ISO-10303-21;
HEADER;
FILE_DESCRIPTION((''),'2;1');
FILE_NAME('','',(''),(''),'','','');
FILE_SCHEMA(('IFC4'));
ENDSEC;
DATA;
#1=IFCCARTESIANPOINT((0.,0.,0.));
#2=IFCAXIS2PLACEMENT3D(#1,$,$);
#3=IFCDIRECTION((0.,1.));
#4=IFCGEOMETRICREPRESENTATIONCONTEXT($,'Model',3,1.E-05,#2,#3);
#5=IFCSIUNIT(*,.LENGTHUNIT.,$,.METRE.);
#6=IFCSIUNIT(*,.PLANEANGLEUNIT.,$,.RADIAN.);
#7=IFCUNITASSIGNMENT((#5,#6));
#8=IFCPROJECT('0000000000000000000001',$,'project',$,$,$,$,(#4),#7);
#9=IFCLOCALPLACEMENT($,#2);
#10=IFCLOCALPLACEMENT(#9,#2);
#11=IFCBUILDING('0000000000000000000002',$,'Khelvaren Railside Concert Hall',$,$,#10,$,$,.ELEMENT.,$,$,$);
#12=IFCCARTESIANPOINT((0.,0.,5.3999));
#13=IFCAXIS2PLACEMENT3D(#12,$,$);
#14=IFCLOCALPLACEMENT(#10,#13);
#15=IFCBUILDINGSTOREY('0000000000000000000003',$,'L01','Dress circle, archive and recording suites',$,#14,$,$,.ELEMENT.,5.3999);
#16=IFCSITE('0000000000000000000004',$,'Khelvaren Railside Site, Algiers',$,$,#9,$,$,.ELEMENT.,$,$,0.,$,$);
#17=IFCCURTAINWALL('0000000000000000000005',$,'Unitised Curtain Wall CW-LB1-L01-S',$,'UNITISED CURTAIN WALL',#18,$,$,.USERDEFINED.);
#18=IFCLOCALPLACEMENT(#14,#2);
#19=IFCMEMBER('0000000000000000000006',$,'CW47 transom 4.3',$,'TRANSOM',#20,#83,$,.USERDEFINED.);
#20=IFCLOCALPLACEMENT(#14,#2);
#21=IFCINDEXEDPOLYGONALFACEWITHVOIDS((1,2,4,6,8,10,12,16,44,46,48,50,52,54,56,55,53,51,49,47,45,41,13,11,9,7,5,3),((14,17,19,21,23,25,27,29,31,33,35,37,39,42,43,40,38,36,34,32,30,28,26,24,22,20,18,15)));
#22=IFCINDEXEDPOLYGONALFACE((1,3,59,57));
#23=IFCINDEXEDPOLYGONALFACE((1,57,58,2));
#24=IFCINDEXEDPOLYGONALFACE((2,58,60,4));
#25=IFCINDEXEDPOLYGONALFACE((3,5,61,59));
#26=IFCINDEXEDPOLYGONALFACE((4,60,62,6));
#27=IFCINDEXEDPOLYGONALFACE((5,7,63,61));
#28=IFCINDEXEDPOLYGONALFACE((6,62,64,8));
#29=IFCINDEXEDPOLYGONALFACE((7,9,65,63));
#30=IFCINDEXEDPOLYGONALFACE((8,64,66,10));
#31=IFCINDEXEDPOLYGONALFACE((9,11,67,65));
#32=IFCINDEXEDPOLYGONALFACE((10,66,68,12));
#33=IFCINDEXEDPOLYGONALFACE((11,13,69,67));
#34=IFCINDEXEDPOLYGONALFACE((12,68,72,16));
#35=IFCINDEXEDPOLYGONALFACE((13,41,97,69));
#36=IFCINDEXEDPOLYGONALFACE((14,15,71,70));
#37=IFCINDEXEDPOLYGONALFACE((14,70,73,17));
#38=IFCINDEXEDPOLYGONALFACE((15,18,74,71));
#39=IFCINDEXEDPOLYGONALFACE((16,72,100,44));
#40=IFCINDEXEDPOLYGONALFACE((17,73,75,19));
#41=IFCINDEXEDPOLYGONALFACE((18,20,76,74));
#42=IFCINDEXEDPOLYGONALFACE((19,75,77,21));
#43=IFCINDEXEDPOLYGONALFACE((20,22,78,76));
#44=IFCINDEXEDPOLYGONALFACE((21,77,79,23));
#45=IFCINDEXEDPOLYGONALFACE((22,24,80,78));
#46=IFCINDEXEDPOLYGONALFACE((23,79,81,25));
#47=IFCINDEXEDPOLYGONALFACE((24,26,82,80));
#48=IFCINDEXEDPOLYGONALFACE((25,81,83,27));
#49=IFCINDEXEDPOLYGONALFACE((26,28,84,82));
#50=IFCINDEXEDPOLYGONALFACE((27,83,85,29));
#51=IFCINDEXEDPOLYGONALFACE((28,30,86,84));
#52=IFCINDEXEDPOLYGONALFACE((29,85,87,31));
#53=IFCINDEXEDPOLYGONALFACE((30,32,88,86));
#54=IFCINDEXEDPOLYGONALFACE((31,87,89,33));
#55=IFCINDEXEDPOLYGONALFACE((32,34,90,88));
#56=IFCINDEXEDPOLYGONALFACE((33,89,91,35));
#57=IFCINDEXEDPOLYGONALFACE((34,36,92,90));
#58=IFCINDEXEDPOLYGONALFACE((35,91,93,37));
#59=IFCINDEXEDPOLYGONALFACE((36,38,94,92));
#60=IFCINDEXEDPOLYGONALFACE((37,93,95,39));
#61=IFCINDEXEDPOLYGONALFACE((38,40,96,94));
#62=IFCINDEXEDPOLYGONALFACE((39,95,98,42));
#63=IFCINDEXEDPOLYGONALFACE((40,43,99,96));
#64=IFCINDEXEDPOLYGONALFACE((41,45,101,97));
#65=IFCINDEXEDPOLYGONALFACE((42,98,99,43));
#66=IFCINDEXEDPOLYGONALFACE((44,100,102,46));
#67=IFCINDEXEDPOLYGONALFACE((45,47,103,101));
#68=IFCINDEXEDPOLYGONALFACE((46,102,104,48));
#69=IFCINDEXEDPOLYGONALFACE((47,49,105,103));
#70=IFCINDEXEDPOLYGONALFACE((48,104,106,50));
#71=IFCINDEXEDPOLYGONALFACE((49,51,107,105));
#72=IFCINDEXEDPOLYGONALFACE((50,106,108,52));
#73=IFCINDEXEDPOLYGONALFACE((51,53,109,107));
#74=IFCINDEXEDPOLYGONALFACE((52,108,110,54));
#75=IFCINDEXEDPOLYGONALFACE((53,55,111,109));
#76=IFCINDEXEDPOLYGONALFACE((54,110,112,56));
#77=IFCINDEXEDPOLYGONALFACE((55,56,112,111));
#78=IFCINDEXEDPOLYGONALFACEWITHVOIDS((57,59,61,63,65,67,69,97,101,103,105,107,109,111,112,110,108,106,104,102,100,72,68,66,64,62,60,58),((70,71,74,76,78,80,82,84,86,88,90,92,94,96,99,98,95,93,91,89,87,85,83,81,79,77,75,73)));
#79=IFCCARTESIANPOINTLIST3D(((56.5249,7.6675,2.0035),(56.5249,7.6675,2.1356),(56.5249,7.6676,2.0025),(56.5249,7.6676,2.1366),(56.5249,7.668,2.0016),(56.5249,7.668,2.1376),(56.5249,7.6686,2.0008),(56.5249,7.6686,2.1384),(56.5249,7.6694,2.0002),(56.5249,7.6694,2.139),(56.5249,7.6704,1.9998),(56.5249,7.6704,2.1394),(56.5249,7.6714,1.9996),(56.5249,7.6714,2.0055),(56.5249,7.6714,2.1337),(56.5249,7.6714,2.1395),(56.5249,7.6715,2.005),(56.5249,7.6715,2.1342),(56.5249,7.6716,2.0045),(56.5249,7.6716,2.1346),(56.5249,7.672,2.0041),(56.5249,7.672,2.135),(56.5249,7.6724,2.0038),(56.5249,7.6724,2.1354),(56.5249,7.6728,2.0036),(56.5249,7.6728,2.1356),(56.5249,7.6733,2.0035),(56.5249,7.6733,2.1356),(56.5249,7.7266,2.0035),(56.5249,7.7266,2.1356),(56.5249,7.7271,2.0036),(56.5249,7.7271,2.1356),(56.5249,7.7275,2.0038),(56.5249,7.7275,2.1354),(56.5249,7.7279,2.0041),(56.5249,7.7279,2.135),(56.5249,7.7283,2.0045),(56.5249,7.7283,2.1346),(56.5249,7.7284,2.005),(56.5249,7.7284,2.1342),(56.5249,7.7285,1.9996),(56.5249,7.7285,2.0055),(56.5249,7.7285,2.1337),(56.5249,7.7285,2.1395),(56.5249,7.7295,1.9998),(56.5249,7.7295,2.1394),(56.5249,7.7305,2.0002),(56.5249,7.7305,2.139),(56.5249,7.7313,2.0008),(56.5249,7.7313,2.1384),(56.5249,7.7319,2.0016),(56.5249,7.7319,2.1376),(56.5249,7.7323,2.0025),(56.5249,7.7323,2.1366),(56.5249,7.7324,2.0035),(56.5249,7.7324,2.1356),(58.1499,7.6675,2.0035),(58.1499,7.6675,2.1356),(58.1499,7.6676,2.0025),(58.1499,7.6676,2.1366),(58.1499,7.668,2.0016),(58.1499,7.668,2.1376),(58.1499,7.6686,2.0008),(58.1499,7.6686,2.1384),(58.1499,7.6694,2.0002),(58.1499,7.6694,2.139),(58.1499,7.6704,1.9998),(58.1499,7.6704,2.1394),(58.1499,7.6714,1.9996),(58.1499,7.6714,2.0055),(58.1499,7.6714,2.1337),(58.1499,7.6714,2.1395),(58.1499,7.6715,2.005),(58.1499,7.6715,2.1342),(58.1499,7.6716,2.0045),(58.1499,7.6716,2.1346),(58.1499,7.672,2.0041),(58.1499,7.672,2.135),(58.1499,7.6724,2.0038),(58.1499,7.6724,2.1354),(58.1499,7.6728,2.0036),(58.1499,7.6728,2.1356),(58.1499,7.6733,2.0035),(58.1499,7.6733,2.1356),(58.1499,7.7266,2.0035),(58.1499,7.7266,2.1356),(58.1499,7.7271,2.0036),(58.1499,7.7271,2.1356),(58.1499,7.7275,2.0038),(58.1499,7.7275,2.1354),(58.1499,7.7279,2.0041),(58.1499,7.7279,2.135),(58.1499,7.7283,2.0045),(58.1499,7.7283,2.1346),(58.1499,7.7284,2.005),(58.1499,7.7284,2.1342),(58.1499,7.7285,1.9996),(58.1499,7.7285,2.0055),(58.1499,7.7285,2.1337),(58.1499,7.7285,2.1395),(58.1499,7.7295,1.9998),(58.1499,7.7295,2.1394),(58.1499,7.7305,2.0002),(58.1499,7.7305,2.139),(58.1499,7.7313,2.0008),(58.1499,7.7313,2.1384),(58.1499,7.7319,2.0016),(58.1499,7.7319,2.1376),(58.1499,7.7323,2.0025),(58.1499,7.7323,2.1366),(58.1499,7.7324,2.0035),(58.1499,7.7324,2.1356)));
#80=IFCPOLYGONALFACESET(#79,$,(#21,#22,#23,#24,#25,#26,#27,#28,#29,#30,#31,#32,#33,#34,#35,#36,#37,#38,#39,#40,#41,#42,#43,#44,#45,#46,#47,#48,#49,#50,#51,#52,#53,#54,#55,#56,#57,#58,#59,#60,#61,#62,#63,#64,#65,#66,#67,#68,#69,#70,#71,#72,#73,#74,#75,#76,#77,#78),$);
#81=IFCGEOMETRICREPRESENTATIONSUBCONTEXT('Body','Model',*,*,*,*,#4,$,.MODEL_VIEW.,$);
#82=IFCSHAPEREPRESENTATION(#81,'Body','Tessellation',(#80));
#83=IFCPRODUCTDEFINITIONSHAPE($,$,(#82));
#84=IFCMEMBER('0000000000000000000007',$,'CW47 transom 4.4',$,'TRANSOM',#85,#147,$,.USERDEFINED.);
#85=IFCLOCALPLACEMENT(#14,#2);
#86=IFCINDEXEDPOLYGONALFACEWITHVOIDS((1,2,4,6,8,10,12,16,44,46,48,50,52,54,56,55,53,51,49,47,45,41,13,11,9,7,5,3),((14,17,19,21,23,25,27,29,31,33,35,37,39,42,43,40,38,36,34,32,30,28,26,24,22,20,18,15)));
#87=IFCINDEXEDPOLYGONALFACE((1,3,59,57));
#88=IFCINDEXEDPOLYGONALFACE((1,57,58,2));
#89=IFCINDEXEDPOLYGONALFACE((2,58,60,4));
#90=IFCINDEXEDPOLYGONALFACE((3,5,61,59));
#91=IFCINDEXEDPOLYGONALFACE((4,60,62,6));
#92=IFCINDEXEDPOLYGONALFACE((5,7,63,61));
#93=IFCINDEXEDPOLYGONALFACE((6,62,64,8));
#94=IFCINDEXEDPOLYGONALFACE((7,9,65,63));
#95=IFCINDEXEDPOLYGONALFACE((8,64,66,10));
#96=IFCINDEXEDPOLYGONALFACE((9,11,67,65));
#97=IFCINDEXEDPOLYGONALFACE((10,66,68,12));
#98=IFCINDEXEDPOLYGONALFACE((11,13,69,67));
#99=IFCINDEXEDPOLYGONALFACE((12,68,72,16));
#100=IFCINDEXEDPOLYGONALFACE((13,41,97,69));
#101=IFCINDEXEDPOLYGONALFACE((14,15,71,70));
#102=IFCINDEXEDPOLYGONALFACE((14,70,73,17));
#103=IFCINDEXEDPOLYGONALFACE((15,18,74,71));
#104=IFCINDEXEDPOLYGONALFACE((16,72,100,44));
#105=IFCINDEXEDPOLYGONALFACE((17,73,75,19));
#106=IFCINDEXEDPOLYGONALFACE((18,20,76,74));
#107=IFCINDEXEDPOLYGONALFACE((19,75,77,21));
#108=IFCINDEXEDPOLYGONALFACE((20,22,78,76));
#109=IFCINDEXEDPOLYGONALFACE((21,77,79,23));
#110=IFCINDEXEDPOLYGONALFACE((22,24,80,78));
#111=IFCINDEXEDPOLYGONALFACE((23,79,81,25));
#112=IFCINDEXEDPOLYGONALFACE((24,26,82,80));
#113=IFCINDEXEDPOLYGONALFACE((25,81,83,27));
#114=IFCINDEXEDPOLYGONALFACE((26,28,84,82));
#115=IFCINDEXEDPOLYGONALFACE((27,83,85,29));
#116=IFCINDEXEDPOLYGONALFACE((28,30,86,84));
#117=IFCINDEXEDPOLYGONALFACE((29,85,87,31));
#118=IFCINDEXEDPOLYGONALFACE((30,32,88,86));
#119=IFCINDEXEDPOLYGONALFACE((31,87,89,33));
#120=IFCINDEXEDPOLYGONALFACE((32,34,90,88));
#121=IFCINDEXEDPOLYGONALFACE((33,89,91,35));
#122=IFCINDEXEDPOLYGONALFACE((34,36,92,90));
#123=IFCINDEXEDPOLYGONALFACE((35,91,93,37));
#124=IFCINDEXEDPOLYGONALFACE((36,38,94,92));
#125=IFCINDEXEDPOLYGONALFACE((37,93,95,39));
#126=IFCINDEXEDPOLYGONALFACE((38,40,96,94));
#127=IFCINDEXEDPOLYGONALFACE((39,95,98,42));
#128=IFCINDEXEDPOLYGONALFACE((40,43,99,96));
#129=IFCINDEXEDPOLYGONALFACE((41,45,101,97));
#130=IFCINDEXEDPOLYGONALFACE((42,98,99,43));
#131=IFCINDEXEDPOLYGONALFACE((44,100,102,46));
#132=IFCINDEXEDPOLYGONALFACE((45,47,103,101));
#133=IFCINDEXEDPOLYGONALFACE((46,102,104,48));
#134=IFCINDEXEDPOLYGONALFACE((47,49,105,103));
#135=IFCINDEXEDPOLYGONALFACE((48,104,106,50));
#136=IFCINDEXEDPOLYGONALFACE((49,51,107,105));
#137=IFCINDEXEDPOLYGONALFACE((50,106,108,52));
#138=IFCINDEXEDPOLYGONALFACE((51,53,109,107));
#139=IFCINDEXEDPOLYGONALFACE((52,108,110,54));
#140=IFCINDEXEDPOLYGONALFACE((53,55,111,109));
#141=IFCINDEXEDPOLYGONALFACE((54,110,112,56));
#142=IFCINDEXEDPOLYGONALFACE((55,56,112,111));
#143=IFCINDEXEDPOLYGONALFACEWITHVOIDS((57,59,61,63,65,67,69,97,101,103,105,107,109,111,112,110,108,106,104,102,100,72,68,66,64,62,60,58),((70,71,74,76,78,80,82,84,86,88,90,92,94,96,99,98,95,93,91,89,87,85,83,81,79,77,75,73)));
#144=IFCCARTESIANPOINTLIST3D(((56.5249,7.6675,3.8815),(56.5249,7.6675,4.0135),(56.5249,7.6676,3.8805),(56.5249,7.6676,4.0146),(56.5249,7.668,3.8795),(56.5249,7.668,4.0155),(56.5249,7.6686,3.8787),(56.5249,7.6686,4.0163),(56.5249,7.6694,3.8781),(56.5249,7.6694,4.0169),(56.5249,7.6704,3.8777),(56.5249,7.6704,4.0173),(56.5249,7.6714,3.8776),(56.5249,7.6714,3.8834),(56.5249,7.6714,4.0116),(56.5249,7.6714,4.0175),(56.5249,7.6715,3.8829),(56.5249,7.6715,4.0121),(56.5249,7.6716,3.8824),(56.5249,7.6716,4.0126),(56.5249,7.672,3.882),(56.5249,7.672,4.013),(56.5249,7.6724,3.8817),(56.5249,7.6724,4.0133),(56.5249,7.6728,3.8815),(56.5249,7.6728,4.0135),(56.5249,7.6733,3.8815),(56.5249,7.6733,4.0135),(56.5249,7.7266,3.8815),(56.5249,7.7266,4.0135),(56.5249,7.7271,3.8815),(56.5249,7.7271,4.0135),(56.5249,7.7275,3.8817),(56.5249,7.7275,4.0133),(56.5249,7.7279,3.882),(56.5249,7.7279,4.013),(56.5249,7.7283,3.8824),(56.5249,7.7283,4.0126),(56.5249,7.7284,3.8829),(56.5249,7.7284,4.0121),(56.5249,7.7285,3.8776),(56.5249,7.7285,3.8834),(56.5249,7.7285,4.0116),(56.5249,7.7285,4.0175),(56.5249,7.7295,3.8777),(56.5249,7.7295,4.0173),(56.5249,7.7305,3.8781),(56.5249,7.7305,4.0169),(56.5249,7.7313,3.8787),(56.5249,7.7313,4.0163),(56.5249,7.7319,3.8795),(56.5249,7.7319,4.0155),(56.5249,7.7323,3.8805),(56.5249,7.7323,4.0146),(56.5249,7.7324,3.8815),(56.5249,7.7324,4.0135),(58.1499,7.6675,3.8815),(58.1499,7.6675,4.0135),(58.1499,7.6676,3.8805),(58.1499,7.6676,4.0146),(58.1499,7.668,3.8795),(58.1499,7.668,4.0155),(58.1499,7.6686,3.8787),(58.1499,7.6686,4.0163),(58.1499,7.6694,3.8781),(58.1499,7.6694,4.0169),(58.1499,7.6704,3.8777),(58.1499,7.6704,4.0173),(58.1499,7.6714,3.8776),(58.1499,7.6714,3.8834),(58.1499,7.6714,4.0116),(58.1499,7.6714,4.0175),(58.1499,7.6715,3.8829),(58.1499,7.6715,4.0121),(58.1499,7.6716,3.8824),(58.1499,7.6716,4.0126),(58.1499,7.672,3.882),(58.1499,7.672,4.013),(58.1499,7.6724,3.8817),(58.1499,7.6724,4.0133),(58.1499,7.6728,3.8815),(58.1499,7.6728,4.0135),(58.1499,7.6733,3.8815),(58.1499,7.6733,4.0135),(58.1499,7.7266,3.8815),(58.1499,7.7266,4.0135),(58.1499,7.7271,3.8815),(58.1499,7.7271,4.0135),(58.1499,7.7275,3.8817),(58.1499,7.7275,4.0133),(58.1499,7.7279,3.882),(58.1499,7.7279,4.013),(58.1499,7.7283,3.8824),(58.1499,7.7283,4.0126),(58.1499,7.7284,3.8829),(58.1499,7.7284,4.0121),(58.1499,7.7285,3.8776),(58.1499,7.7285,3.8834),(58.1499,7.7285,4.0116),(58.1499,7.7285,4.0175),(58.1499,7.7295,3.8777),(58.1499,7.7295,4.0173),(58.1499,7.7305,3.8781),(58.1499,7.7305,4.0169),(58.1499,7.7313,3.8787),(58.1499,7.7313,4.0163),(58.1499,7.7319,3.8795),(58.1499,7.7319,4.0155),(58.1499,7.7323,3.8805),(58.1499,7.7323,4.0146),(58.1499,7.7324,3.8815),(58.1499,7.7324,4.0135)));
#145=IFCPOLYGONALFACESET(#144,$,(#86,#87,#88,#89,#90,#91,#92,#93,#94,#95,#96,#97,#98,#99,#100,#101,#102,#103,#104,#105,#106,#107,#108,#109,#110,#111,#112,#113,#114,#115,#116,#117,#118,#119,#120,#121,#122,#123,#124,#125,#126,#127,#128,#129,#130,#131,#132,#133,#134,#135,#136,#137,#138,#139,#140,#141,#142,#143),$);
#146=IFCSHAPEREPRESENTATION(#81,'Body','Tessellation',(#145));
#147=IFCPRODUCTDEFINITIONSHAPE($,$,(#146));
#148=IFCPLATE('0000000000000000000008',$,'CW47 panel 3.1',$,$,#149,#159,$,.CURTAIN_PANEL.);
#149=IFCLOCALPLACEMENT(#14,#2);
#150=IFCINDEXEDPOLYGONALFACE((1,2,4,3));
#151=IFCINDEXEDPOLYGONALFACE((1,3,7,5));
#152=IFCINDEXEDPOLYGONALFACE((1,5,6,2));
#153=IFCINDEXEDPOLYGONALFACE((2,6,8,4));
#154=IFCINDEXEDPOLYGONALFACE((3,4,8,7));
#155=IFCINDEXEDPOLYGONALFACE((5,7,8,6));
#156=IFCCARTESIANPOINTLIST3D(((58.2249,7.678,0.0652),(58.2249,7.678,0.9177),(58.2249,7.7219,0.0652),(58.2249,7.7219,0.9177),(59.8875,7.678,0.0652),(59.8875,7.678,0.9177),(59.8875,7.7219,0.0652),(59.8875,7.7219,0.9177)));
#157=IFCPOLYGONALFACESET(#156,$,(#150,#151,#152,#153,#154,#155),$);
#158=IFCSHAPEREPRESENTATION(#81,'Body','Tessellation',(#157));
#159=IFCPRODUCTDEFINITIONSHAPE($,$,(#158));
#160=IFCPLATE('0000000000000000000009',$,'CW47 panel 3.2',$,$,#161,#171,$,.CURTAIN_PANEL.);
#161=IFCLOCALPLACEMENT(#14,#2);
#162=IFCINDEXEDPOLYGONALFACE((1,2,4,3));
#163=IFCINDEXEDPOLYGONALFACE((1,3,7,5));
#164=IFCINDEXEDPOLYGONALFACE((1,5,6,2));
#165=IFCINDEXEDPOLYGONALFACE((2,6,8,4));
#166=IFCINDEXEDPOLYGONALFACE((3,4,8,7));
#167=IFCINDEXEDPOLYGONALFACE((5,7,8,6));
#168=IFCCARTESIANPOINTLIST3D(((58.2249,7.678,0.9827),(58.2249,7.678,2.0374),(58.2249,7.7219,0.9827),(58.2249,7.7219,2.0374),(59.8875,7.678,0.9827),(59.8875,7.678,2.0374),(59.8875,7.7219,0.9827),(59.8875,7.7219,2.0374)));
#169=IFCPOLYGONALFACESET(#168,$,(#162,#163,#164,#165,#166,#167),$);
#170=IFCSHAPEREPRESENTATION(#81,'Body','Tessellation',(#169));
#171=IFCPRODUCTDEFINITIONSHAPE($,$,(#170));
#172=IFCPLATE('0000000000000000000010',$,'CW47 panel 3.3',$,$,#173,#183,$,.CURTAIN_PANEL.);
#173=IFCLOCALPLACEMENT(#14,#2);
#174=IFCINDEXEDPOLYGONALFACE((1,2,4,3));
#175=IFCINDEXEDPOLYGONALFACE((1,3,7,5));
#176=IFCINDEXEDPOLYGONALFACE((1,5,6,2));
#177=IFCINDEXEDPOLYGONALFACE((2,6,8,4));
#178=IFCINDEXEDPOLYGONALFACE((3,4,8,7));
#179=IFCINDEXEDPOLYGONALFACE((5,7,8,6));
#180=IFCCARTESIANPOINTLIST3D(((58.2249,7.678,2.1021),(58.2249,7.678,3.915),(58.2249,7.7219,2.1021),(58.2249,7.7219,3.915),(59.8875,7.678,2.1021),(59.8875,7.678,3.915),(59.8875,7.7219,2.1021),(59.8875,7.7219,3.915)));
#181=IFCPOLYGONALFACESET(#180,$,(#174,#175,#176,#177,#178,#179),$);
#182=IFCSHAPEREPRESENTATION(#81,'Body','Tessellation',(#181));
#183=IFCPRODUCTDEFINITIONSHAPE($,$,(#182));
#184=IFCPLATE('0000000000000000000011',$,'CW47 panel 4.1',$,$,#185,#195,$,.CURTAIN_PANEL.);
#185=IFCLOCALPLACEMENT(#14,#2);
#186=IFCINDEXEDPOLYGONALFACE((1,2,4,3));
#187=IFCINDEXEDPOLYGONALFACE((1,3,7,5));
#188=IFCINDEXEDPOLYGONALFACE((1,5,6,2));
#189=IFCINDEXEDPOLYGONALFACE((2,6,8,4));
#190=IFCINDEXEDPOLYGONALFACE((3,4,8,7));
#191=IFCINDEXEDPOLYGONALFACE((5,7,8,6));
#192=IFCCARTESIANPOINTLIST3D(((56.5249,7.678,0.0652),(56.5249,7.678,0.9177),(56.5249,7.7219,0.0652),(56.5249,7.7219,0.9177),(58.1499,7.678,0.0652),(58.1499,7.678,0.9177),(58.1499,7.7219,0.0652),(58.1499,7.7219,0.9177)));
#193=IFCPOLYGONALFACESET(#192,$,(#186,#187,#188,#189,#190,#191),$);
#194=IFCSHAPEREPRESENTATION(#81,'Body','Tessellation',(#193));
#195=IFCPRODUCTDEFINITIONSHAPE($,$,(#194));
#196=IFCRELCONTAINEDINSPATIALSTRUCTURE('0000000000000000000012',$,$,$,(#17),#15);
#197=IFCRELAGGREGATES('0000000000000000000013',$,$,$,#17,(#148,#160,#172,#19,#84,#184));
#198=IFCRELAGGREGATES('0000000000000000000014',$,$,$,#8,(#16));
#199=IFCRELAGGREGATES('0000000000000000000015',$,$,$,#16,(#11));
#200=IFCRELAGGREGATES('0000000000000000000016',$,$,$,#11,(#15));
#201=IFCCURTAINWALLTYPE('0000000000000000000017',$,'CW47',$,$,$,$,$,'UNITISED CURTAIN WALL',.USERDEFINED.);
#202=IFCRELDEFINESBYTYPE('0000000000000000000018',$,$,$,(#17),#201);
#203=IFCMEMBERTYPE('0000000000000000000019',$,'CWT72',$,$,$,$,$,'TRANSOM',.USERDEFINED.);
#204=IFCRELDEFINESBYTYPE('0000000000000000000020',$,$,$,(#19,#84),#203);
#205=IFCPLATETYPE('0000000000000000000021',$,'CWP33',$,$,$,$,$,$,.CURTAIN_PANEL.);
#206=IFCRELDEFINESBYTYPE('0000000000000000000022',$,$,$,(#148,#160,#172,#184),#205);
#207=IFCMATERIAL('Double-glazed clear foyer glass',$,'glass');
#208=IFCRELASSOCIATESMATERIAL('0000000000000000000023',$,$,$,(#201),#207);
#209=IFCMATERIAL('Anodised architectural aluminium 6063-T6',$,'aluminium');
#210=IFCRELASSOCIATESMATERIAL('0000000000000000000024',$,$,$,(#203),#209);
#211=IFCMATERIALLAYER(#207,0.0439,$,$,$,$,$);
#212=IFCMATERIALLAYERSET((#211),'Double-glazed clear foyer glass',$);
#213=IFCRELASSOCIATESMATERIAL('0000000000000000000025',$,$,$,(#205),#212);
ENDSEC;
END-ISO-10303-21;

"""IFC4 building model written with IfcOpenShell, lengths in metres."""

from ifc_helpers import new_model, si_unit, direction, frame, origin, origin_2d, place, context, subcontext, project, spatial, rectangle, hollow_rectangle, extrude, material, layer, layer_set, material_profile, profile_set, type_object, element, aggregate, save


model = new_model("IFC4")

# Units and contexts
model_context = context("Model", 3, precision=1e-05, world=origin(), true_north=direction((0.0, 1.0)))
body_context = subcontext(model_context, "Body", "Model", "MODEL_VIEW")
ifc_project = project(units=[si_unit("LENGTHUNIT", "METRE"), si_unit("PLANEANGLEUNIT", "RADIAN")], contexts=[model_context])

# Site, building, storey
site_placement = place(None, origin())
site = spatial("IfcSite", under=ifc_project, at=site_placement, Name="Khelvaren Railside Site, Algiers", CompositionType="ELEMENT", RefElevation=0.0)
building_placement = place(site_placement, origin())
building = spatial("IfcBuilding", under=site, at=building_placement, Name="Khelvaren Railside Concert Hall", CompositionType="ELEMENT")
storey_placement = place(building_placement, frame((0.0, 0.0, 5.3999)))
storey = spatial("IfcBuildingStorey", under=building, at=storey_placement, Name="L01", Description="Dress circle, archive and recording suites", CompositionType="ELEMENT", Elevation=5.3999)

# Curtain wall
ifc_material_1 = material(Name="Double-glazed clear foyer glass", Category="glass")
curtain_wall_type_1 = type_object("IfcCurtainWallType", Name="CW47", ElementType="UNITISED CURTAIN WALL", PredefinedType="USERDEFINED", material=ifc_material_1)
curtain_wall_1_placement = place(storey_placement, origin())
curtain_wall_1 = element("IfcCurtainWall", 1, at=curtain_wall_1_placement, inside=storey, type_object=curtain_wall_type_1, Name="Unitised Curtain Wall CW-LB1-L01-S", ObjectType="UNITISED CURTAIN WALL", PredefinedType="USERDEFINED")
ifc_material_2 = material(Name="Anodised architectural aluminium 6063-T6", Category="aluminium")

# Members
ifc_material_profile_1 = material_profile(ifc_material_2, hollow_rectangle(XDim=0.0649, YDim=0.1399, WallThickness=0.0039, InnerFilletRadius=0.002, OuterFilletRadius=0.0039, at=origin_2d()), Name="CWT 65x140x4")
ifc_profile_set_1 = profile_set([ifc_material_profile_1], Name="Anodised architectural aluminium 6063-T6")
member_type_1 = type_object("IfcMemberType", Name="CWT72", ElementType="TRANSOM", PredefinedType="USERDEFINED", material=ifc_profile_set_1)
member_1_placement = place(storey_placement, frame((58.1499, 7.7, 2.0696), z_axis=(-1.0, 0.0, 0.0), x_axis=(0.0, -1.0, 0.0)))
member_1 = element("IfcMember", 2, at=member_1_placement, type_object=member_type_1, Name="CW47 transom 4.3", ObjectType="TRANSOM", PredefinedType="USERDEFINED", context=body_context, shape_type="SweptSolid", body=[
    extrude(hollow_rectangle(XDim=0.0649, YDim=0.1399, WallThickness=0.0039, InnerFilletRadius=0.002, OuterFilletRadius=0.0039, at=origin_2d()), origin(), (0.0, 0.0, 1.0), 1.625),
])
member_2_placement = place(storey_placement, frame((58.1499, 7.7, 3.9475), z_axis=(-1.0, 0.0, 0.0), x_axis=(0.0, -1.0, 0.0)))
member_2 = element("IfcMember", 3, at=member_2_placement, type_object=member_type_1, Name="CW47 transom 4.4", ObjectType="TRANSOM", PredefinedType="USERDEFINED", context=body_context, shape_type="SweptSolid", body=[
    extrude(hollow_rectangle(XDim=0.0649, YDim=0.1399, WallThickness=0.0039, InnerFilletRadius=0.002, OuterFilletRadius=0.0039, at=origin_2d()), origin(), (0.0, 0.0, 1.0), 1.625),
])

# Plates
ifc_layer_1 = layer(ifc_material_1, 0.0439)
ifc_layer_set_1 = layer_set([ifc_layer_1], Name="Double-glazed clear foyer glass")
plate_type_1 = type_object("IfcPlateType", Name="CWP33", PredefinedType="CURTAIN_PANEL", material=ifc_layer_set_1)
plate_1_placement = place(storey_placement, frame((59.0562, 7.7, 0.0652), z_axis=(0.0, 0.0, 1.0), x_axis=(-1.0, 0.0, 0.0)))
plate_1 = element("IfcPlate", 4, at=plate_1_placement, type_object=plate_type_1, Name="CW47 panel 3.1", PredefinedType="CURTAIN_PANEL", context=body_context, shape_type="SweptSolid", body=[
    extrude(rectangle(XDim=1.6626, YDim=0.0439, at=origin_2d()), origin(), (0.0, 0.0, 1.0), 0.8525),
])
plate_2_placement = place(storey_placement, frame((59.0562, 7.7, 0.9827), z_axis=(0.0, 0.0, 1.0), x_axis=(-1.0, 0.0, 0.0)))
plate_2 = element("IfcPlate", 5, at=plate_2_placement, type_object=plate_type_1, Name="CW47 panel 3.2", PredefinedType="CURTAIN_PANEL", context=body_context, shape_type="SweptSolid", body=[
    extrude(rectangle(XDim=1.6626, YDim=0.0439, at=origin_2d()), origin(), (0.0, 0.0, 1.0), 1.0547),
])
plate_3_placement = place(storey_placement, frame((59.0562, 7.7, 2.1021), z_axis=(0.0, 0.0, 1.0), x_axis=(-1.0, 0.0, 0.0)))
plate_3 = element("IfcPlate", 6, at=plate_3_placement, type_object=plate_type_1, Name="CW47 panel 3.3", PredefinedType="CURTAIN_PANEL", context=body_context, shape_type="SweptSolid", body=[
    extrude(rectangle(XDim=1.6626, YDim=0.0439, at=origin_2d()), origin(), (0.0, 0.0, 1.0), 1.813),
])
plate_4_placement = place(storey_placement, frame((57.3374, 7.7, 0.0652), z_axis=(0.0, 0.0, 1.0), x_axis=(-1.0, 0.0, 0.0)))
plate_4 = element("IfcPlate", 7, at=plate_4_placement, type_object=plate_type_1, Name="CW47 panel 4.1", PredefinedType="CURTAIN_PANEL", context=body_context, shape_type="SweptSolid", body=[
    extrude(rectangle(XDim=1.625, YDim=0.0439, at=origin_2d()), origin(), (0.0, 0.0, 1.0), 0.8525),
])
aggregate(curtain_wall_1, [plate_1, plate_2, plate_3, member_1, member_2, plate_4])

save(model, "model.ifc")
